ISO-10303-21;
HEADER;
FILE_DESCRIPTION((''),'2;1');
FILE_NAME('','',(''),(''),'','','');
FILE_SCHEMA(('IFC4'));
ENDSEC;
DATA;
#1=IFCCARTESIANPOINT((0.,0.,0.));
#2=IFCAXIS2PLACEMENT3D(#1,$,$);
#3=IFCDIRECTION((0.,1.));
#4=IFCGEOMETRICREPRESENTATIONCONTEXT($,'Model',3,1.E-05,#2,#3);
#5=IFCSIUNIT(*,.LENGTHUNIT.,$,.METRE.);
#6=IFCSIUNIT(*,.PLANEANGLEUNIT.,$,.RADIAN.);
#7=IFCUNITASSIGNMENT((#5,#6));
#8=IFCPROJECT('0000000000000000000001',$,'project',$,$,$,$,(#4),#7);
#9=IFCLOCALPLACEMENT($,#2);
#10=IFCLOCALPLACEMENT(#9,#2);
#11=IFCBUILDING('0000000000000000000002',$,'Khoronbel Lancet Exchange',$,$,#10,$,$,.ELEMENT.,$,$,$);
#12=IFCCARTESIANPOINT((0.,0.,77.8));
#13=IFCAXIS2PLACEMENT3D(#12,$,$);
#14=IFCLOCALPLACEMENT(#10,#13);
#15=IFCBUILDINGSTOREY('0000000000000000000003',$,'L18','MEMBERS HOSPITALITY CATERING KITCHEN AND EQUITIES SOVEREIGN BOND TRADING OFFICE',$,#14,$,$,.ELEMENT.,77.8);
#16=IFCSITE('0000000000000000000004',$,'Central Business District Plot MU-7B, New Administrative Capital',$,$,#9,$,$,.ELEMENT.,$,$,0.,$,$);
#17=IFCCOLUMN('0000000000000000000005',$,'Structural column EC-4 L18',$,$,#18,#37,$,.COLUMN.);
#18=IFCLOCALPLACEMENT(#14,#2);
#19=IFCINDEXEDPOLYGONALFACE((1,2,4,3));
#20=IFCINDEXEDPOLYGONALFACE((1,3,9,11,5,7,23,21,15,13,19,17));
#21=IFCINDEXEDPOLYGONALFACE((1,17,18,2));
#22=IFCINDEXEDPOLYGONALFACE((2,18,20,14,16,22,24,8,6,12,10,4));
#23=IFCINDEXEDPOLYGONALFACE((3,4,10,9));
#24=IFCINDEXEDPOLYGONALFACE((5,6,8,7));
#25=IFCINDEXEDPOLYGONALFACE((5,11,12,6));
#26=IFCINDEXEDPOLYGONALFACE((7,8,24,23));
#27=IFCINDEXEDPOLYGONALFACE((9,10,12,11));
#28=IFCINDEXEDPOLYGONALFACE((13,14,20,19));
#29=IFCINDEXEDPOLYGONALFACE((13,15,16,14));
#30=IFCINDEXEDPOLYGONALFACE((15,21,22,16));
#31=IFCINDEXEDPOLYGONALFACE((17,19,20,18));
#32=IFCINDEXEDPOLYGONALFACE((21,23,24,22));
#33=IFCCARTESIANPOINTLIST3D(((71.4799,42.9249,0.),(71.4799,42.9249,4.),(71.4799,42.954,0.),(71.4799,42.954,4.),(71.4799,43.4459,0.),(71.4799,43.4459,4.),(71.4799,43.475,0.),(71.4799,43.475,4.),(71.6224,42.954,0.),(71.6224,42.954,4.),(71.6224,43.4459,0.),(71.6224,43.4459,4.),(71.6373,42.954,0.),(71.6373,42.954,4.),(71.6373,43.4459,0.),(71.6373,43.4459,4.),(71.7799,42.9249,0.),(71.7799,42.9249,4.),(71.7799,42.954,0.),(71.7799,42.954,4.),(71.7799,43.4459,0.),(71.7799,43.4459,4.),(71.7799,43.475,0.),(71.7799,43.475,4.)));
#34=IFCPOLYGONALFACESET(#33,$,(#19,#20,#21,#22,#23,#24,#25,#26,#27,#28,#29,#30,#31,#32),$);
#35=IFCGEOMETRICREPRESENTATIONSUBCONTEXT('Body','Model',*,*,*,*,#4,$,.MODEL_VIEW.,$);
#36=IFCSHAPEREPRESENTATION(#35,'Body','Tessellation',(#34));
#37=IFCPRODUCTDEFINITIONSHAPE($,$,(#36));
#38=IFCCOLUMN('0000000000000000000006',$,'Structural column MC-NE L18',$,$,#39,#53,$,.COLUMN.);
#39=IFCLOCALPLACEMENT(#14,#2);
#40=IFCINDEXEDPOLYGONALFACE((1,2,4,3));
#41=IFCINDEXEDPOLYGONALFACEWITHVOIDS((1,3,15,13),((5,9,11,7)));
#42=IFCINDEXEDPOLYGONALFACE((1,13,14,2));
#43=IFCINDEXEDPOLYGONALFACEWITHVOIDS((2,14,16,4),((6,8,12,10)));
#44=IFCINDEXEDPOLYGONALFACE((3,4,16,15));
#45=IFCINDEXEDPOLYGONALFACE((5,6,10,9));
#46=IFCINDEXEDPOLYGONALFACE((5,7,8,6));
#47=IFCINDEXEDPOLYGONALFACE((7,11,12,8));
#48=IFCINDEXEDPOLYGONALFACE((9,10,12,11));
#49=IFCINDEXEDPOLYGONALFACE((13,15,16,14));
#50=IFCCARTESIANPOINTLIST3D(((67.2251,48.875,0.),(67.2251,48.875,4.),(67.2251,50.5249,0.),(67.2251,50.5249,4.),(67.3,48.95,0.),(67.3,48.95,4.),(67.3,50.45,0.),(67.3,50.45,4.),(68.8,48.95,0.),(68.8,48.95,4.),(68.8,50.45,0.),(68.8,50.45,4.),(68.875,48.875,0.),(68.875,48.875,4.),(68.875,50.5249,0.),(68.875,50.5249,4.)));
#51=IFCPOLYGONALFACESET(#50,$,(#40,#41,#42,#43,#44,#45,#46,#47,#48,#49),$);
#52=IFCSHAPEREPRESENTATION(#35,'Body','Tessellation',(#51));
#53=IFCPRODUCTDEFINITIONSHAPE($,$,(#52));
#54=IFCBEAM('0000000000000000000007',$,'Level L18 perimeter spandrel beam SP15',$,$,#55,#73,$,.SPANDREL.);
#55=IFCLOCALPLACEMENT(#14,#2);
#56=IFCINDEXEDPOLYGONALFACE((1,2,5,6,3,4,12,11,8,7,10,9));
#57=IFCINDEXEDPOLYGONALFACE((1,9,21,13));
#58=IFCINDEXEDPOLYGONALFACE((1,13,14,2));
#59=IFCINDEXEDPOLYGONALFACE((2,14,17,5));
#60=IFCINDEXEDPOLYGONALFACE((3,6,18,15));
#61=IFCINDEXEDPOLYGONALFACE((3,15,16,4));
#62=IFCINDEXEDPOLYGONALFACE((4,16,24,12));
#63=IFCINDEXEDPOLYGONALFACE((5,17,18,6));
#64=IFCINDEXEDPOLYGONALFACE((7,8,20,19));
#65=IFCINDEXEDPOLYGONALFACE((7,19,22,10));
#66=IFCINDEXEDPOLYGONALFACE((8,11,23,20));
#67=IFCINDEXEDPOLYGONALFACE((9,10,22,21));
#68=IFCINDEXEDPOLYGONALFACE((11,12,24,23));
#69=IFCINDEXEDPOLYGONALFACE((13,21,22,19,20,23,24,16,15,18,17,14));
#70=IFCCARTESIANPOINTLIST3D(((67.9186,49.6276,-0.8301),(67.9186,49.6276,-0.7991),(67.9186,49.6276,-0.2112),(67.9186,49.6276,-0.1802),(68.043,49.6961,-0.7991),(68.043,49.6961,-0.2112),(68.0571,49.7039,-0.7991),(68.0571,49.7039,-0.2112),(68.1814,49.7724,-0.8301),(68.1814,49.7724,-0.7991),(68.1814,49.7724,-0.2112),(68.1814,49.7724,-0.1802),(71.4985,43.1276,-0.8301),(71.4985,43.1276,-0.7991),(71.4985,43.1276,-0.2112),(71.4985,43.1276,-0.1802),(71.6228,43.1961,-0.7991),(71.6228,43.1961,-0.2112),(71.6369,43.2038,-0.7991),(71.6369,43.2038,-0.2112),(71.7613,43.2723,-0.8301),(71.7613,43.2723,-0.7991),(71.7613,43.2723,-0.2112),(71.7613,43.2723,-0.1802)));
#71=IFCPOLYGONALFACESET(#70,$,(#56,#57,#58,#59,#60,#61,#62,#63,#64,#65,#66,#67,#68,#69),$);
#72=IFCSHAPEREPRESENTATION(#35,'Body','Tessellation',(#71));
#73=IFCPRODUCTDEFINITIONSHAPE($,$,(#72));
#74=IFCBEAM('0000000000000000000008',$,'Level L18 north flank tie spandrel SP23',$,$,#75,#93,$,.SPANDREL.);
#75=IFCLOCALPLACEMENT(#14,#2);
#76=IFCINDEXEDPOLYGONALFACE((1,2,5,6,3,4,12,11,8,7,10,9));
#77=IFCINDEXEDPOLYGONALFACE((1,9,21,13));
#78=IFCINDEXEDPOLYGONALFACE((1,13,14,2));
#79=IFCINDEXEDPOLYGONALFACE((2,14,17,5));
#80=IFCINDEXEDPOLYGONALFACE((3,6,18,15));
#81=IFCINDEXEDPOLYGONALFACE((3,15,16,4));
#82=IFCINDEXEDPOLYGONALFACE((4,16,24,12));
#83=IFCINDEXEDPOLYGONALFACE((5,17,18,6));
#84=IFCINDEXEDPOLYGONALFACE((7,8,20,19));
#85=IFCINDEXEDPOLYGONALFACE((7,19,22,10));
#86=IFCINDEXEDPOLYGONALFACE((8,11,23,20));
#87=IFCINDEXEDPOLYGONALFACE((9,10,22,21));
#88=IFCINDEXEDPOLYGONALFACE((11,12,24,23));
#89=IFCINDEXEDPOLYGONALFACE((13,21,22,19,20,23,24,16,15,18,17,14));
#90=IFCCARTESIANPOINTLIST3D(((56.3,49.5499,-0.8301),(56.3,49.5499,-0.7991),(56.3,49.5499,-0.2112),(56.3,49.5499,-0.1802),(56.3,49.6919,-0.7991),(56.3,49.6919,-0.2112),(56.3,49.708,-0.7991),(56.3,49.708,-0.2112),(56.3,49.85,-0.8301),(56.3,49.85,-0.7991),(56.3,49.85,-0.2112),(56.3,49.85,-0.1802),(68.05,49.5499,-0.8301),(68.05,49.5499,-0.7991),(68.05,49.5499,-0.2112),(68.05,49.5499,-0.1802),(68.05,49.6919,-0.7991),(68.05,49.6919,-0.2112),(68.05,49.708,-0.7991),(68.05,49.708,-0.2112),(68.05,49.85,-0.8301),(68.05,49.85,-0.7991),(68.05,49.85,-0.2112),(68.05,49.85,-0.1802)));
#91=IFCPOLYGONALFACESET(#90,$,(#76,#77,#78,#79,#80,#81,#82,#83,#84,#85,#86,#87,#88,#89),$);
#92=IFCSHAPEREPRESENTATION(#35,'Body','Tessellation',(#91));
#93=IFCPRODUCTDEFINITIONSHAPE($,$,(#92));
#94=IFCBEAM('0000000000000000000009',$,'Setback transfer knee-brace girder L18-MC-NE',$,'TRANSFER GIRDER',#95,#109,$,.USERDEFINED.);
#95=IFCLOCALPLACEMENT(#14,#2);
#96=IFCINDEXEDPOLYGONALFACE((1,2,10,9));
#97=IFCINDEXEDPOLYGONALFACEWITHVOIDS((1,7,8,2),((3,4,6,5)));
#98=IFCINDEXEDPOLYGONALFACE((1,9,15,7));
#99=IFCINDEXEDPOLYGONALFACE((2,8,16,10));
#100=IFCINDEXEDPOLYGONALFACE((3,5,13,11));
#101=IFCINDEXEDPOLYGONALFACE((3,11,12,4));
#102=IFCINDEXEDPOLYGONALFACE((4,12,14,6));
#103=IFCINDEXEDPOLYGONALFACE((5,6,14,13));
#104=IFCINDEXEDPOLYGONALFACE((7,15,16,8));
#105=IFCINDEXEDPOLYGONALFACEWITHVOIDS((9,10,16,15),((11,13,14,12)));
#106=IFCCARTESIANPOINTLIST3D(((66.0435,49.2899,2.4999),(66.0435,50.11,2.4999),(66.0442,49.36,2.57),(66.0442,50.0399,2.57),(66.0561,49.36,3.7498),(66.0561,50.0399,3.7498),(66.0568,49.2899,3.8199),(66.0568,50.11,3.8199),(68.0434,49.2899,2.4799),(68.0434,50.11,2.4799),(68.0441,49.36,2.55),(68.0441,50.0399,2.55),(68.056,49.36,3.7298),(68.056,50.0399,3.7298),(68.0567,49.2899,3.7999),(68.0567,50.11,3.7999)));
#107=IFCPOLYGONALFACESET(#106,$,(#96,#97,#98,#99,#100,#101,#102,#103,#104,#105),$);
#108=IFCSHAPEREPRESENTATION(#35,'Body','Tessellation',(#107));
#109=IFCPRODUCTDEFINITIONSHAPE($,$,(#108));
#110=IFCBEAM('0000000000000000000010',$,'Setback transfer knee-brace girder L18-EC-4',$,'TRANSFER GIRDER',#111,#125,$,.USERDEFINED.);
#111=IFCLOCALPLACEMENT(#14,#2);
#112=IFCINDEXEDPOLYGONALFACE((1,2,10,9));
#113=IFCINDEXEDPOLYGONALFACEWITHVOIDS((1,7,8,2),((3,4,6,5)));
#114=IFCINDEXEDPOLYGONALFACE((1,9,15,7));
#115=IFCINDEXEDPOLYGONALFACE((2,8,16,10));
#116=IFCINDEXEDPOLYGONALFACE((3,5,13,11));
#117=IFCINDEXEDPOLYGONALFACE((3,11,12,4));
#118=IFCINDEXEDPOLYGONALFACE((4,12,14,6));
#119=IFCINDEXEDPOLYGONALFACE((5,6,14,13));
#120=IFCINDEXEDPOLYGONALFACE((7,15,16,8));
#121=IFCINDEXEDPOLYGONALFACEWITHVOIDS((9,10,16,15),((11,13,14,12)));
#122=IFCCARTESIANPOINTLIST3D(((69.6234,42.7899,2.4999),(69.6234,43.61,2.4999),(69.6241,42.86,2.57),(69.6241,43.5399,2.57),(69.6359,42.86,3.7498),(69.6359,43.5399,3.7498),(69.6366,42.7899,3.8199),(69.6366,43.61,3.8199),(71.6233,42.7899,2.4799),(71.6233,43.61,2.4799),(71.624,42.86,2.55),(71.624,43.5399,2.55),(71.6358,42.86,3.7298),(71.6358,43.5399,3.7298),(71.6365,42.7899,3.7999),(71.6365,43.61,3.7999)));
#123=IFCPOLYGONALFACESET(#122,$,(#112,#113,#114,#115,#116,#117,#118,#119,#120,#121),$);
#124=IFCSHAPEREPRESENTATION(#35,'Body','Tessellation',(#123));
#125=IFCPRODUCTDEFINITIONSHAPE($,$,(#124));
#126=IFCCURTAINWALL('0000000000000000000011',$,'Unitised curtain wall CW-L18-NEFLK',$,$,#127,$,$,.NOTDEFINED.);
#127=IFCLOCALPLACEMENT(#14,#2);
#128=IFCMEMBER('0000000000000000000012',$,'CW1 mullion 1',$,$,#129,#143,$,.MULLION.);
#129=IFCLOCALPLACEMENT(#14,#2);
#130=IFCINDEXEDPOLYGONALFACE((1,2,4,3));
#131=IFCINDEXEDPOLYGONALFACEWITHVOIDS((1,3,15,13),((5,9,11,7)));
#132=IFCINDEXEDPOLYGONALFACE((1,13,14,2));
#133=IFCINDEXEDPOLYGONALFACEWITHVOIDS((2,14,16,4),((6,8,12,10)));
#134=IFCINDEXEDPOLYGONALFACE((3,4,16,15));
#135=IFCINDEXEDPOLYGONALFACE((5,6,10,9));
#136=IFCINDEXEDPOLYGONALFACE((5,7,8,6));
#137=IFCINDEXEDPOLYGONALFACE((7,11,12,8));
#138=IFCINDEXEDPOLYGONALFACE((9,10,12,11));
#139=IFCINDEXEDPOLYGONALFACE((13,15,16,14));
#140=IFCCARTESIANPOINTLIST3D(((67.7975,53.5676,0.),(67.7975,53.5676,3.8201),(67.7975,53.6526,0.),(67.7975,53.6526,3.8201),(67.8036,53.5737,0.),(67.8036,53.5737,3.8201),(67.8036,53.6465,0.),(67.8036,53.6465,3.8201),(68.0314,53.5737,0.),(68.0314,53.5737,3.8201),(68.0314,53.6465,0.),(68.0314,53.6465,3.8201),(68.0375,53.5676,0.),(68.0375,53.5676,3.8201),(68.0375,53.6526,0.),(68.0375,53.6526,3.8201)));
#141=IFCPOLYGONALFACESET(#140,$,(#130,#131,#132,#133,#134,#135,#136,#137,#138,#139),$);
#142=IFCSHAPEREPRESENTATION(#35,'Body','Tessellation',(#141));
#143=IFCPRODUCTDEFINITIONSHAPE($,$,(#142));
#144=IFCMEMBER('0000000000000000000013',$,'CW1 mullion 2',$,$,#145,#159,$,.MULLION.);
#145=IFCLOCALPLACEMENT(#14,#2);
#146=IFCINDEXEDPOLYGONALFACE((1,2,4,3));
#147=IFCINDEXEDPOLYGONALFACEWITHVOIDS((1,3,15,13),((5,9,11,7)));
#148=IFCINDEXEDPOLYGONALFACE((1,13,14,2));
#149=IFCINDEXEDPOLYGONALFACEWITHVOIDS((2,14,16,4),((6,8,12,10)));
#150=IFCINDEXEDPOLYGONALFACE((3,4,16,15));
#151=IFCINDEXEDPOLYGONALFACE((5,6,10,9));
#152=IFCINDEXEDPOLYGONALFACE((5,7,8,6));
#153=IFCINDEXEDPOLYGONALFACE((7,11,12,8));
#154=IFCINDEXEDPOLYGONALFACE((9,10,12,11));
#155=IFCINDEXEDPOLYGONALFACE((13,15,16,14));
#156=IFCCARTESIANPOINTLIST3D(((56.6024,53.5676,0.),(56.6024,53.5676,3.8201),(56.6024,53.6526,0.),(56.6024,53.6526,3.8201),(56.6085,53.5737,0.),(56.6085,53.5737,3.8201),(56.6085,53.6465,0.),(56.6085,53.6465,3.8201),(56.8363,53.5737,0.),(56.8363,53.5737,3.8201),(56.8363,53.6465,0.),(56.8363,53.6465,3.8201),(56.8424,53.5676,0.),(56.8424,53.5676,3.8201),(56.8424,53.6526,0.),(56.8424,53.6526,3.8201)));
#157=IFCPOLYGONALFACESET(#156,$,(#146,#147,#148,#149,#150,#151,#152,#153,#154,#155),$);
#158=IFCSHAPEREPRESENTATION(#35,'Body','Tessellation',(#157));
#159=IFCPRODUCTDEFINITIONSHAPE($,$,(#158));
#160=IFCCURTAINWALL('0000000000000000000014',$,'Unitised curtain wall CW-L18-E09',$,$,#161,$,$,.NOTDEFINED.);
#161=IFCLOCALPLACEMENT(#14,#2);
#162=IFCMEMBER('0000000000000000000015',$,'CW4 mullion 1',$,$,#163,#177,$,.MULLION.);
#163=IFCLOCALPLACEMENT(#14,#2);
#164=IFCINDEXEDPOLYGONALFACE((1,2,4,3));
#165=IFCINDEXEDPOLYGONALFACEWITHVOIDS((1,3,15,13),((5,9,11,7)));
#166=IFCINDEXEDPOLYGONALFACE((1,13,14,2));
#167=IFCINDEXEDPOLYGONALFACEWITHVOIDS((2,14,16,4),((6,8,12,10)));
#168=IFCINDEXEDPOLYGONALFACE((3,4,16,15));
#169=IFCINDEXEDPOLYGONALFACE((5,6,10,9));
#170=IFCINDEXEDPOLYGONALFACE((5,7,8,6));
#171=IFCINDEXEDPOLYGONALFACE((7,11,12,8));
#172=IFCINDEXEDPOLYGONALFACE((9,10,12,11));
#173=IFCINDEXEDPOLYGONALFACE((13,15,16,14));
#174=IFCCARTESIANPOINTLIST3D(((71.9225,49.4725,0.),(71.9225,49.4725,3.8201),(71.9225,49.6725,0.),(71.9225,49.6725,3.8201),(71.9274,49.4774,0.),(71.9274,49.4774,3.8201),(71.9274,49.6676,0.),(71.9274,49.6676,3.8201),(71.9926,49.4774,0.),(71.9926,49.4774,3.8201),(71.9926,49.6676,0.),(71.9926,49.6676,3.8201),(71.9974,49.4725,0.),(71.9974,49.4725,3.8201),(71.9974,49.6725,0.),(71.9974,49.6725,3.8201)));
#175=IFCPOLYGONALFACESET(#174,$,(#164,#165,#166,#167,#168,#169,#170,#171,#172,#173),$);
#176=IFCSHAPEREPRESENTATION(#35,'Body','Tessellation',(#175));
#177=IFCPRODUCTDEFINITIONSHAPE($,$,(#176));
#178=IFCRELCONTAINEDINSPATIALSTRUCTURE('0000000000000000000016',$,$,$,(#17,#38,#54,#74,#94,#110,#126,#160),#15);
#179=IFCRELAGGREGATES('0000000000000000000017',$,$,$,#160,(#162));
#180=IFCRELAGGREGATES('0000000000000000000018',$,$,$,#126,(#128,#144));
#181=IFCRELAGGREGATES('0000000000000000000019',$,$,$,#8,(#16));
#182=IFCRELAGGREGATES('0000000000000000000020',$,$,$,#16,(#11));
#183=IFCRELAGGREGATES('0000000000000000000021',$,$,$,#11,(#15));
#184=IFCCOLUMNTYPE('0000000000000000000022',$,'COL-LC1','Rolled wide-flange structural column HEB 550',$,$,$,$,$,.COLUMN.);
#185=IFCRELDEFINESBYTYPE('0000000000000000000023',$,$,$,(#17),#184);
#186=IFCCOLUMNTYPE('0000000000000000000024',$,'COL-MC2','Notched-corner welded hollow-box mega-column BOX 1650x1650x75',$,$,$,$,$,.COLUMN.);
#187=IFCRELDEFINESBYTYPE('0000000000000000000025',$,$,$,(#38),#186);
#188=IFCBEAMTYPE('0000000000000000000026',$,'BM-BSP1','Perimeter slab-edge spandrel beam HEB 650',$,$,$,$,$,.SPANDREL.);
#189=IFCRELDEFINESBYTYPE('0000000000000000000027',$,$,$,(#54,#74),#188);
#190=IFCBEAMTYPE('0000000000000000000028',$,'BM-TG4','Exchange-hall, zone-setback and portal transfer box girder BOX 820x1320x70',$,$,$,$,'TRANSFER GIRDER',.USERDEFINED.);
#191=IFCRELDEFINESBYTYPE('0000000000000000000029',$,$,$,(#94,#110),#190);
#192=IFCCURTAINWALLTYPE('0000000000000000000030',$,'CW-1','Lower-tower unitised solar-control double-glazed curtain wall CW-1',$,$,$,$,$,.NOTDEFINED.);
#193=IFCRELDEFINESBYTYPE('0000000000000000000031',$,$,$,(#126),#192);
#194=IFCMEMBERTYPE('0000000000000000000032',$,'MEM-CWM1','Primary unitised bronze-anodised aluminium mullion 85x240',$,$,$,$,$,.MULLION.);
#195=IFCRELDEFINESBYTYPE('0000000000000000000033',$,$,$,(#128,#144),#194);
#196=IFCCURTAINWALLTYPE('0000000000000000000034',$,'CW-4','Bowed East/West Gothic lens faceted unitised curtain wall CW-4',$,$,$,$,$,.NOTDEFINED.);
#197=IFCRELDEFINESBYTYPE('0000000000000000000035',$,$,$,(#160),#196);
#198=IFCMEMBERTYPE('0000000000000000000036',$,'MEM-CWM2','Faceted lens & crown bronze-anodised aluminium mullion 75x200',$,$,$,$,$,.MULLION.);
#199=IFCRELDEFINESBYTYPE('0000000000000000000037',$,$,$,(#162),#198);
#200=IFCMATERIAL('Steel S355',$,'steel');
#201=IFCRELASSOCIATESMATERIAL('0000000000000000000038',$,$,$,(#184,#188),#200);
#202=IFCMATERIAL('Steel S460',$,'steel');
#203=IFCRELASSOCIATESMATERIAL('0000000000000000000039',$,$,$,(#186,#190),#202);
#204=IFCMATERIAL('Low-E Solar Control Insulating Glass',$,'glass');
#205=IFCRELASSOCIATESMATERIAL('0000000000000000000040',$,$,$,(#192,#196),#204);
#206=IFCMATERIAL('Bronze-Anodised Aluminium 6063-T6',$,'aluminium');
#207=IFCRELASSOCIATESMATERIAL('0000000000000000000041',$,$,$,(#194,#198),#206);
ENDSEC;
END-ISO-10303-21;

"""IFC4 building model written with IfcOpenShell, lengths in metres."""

from ifc_helpers import new_model, si_unit, direction, frame, origin, origin_2d, place, context, subcontext, project, spatial, hollow_rectangle, i_section, extrude, material, material_profile, profile_set, type_object, element, aggregate, save


model = new_model("IFC4")

# Units and contexts
model_context = context("Model", 3, precision=1e-05, world=origin(), true_north=direction((0.0, 1.0)))
body_context = subcontext(model_context, "Body", "Model", "MODEL_VIEW")
ifc_project = project(units=[si_unit("LENGTHUNIT", "METRE"), si_unit("PLANEANGLEUNIT", "RADIAN")], contexts=[model_context])

# Site, building, storey
site_placement = place(None, origin())
site = spatial("IfcSite", under=ifc_project, at=site_placement, Name="Central Business District Plot MU-7B, New Administrative Capital", CompositionType="ELEMENT", RefElevation=0.0)
building_placement = place(site_placement, origin())
building = spatial("IfcBuilding", under=site, at=building_placement, Name="Khoronbel Lancet Exchange", CompositionType="ELEMENT")
storey_placement = place(building_placement, frame((0.0, 0.0, 77.8)))
storey = spatial("IfcBuildingStorey", under=building, at=storey_placement, Name="L18", Description="MEMBERS HOSPITALITY CATERING KITCHEN AND EQUITIES SOVEREIGN BOND TRADING OFFICE", CompositionType="ELEMENT", Elevation=77.8)

# Columns
ifc_material_1 = material(Name="Steel S355", Category="steel")
ifc_material_profile_1 = material_profile(ifc_material_1, i_section(OverallWidth=0.3, OverallDepth=0.55, WebThickness=0.0149, FlangeThickness=0.0291, at=origin_2d()), Name="HEB 550")
ifc_profile_set_1 = profile_set([ifc_material_profile_1], Name="Steel S355")
column_type_1 = type_object("IfcColumnType", Name="COL-LC1", Description="Rolled wide-flange structural column HEB 550", PredefinedType="COLUMN", material=ifc_profile_set_1)
column_1_placement = place(storey_placement, frame((71.6299, 43.2, 0.0), z_axis=(0.0, 0.0, 1.0), x_axis=(1.0, 0.0, 0.0)))
element("IfcColumn", 1, at=column_1_placement, inside=storey, type_object=column_type_1, Name="Structural column EC-4 L18", PredefinedType="COLUMN", context=body_context, shape_type="SweptSolid", body=[
    extrude(i_section(OverallWidth=0.3, OverallDepth=0.55, WebThickness=0.0149, FlangeThickness=0.0291, at=origin_2d()), origin(), (0.0, 0.0, 1.0), 4.0),
])
ifc_material_2 = material(Name="Steel S460", Category="steel")
ifc_material_profile_2 = material_profile(ifc_material_2, hollow_rectangle(XDim=1.6499, YDim=1.6499, WallThickness=0.075, at=origin_2d()), Name="BOX 1650x1650x75")
ifc_profile_set_2 = profile_set([ifc_material_profile_2], Name="Steel S460")
column_type_2 = type_object("IfcColumnType", Name="COL-MC2", Description="Notched-corner welded hollow-box mega-column BOX 1650x1650x75", PredefinedType="COLUMN", material=ifc_profile_set_2)
column_2_placement = place(storey_placement, frame((68.05, 49.7, 0.0), z_axis=(0.0, 0.0, 1.0), x_axis=(1.0, 0.0, 0.0)))
element("IfcColumn", 2, at=column_2_placement, inside=storey, type_object=column_type_2, Name="Structural column MC-NE L18", PredefinedType="COLUMN", context=body_context, shape_type="SweptSolid", body=[
    extrude(hollow_rectangle(XDim=1.6499, YDim=1.6499, WallThickness=0.075, at=origin_2d()), origin(), (0.0, 0.0, 1.0), 4.0),
])

# Beams
ifc_material_profile_3 = material_profile(ifc_material_1, i_section(OverallWidth=0.3, OverallDepth=0.6499, WebThickness=0.0161, FlangeThickness=0.031, at=origin_2d()), Name="HEB 650")
ifc_profile_set_3 = profile_set([ifc_material_profile_3], Name="Steel S355")
beam_type_1 = type_object("IfcBeamType", Name="BM-BSP1", Description="Perimeter slab-edge spandrel beam HEB 650", PredefinedType="SPANDREL", material=ifc_profile_set_3)
beam_1_placement = place(storey_placement, frame((71.6299, 43.2, -0.5051), z_axis=(-0.482419, 0.875941, 0.0), x_axis=(-0.875941, -0.482419, 0.0)))
element("IfcBeam", 3, at=beam_1_placement, inside=storey, type_object=beam_type_1, Name="Level L18 perimeter spandrel beam SP15", PredefinedType="SPANDREL", context=body_context, shape_type="SweptSolid", body=[
    extrude(i_section(OverallWidth=0.3, OverallDepth=0.6499, WebThickness=0.0161, FlangeThickness=0.031, at=origin_2d()), origin(), (0.0, 0.0, 1.0), 7.4207),
])
beam_2_placement = place(storey_placement, frame((68.05, 49.7, -0.5051), z_axis=(-1.0, 0.0, 0.0), x_axis=(0.0, -1.0, 0.0)))
element("IfcBeam", 4, at=beam_2_placement, inside=storey, type_object=beam_type_1, Name="Level L18 north flank tie spandrel SP23", PredefinedType="SPANDREL", context=body_context, shape_type="SweptSolid", body=[
    extrude(i_section(OverallWidth=0.3, OverallDepth=0.6499, WebThickness=0.0161, FlangeThickness=0.031, at=origin_2d()), origin(), (0.0, 0.0, 1.0), 11.75),
])
ifc_material_profile_4 = material_profile(ifc_material_2, hollow_rectangle(XDim=0.8201, YDim=1.3201, WallThickness=0.0701, at=origin_2d()), Name="BOX 820x1320x70")
ifc_profile_set_4 = profile_set([ifc_material_profile_4], Name="Steel S460")
beam_type_2 = type_object("IfcBeamType", Name="BM-TG4", Description="Exchange-hall, zone-setback and portal transfer box girder BOX 820x1320x70", ElementType="TRANSFER GIRDER", PredefinedType="USERDEFINED", material=ifc_profile_set_4)
for number, where, z_axis, x_axis, name in (
    (5, (68.05, 49.7, 3.1399), (-0.99995, 0.0, 0.010009), (0.0, -1.0, 0.0), "Setback transfer knee-brace girder L18-MC-NE"),
    (6, (71.6299, 43.2, 3.1399), (-0.99995, 0.0, 0.010009), (0.0, -1.0, 0.0), "Setback transfer knee-brace girder L18-EC-4"),
):
    element("IfcBeam", number, at=place(storey_placement, frame(where, z_axis=z_axis, x_axis=x_axis)), inside=storey, type_object=beam_type_2, Name=name, ObjectType="TRANSFER GIRDER", PredefinedType="USERDEFINED", context=body_context, shape_type="SweptSolid", body=[
        extrude(hollow_rectangle(XDim=0.8201, YDim=1.3201, WallThickness=0.0701, at=origin_2d()), origin(), (0.0, 0.0, 1.0), 2.0),
    ])

# Curtain wall, members
ifc_material_3 = material(Name="Low-E Solar Control Insulating Glass", Category="glass")
curtain_wall_type_1 = type_object("IfcCurtainWallType", Name="CW-1", Description="Lower-tower unitised solar-control double-glazed curtain wall CW-1", PredefinedType="NOTDEFINED", material=ifc_material_3)
curtain_wall_1_placement = place(storey_placement, origin())
curtain_wall_1 = element("IfcCurtainWall", 7, at=curtain_wall_1_placement, inside=storey, type_object=curtain_wall_type_1, Name="Unitised curtain wall CW-L18-NEFLK", PredefinedType="NOTDEFINED")
ifc_material_4 = material(Name="Bronze-Anodised Aluminium 6063-T6", Category="aluminium")
ifc_material_profile_5 = material_profile(ifc_material_4, hollow_rectangle(XDim=0.085, YDim=0.24, WallThickness=0.0061, at=origin_2d()), Name="ALU MULLION 85x240")
ifc_profile_set_5 = profile_set([ifc_material_profile_5], Name="Bronze-Anodised Aluminium 6063-T6")
member_type_1 = type_object("IfcMemberType", Name="MEM-CWM1", Description="Primary unitised bronze-anodised aluminium mullion 85x240", PredefinedType="MULLION", material=ifc_profile_set_5)
member_1_placement = place(storey_placement, frame((67.9175, 53.6101, 0.0), z_axis=(0.0, 0.0, 1.0), x_axis=(0.0, -1.0, 0.0)))
member_1 = element("IfcMember", 8, at=member_1_placement, type_object=member_type_1, Name="CW1 mullion 1", PredefinedType="MULLION", context=body_context, shape_type="SweptSolid", body=[
    extrude(hollow_rectangle(XDim=0.085, YDim=0.24, WallThickness=0.0061, at=origin_2d()), origin(), (0.0, 0.0, 1.0), 3.8201),
])
member_2_placement = place(storey_placement, frame((56.7224, 53.6101, 0.0), z_axis=(0.0, 0.0, 1.0), x_axis=(0.0, -1.0, 0.0)))
member_2 = element("IfcMember", 9, at=member_2_placement, type_object=member_type_1, Name="CW1 mullion 2", PredefinedType="MULLION", context=body_context, shape_type="SweptSolid", body=[
    extrude(hollow_rectangle(XDim=0.085, YDim=0.24, WallThickness=0.0061, at=origin_2d()), origin(), (0.0, 0.0, 1.0), 3.8201),
])

# Curtain wall, member
curtain_wall_type_2 = type_object("IfcCurtainWallType", Name="CW-4", Description="Bowed East/West Gothic lens faceted unitised curtain wall CW-4", PredefinedType="NOTDEFINED", material=ifc_material_3)
curtain_wall_2_placement = place(storey_placement, origin())
curtain_wall_2 = element("IfcCurtainWall", 10, at=curtain_wall_2_placement, inside=storey, type_object=curtain_wall_type_2, Name="Unitised curtain wall CW-L18-E09", PredefinedType="NOTDEFINED")
ifc_material_profile_6 = material_profile(ifc_material_4, hollow_rectangle(XDim=0.075, YDim=0.2, WallThickness=0.0049, at=origin_2d()), Name="ALU MULLION 75x200")
ifc_profile_set_6 = profile_set([ifc_material_profile_6], Name="Bronze-Anodised Aluminium 6063-T6")
member_type_2 = type_object("IfcMemberType", Name="MEM-CWM2", Description="Faceted lens & crown bronze-anodised aluminium mullion 75x200", PredefinedType="MULLION", material=ifc_profile_set_6)
member_3_placement = place(storey_placement, frame((71.96, 49.5725, 0.0), z_axis=(0.0, 0.0, 1.0), x_axis=(1.0, 0.0, 0.0)))
member_3 = element("IfcMember", 11, at=member_3_placement, type_object=member_type_2, Name="CW4 mullion 1", PredefinedType="MULLION", context=body_context, shape_type="SweptSolid", body=[
    extrude(hollow_rectangle(XDim=0.075, YDim=0.2, WallThickness=0.0049, at=origin_2d()), origin(), (0.0, 0.0, 1.0), 3.8201),
])

aggregate(curtain_wall_2, [member_3])
aggregate(curtain_wall_1, [member_1, member_2])

save(model, "model.ifc")
